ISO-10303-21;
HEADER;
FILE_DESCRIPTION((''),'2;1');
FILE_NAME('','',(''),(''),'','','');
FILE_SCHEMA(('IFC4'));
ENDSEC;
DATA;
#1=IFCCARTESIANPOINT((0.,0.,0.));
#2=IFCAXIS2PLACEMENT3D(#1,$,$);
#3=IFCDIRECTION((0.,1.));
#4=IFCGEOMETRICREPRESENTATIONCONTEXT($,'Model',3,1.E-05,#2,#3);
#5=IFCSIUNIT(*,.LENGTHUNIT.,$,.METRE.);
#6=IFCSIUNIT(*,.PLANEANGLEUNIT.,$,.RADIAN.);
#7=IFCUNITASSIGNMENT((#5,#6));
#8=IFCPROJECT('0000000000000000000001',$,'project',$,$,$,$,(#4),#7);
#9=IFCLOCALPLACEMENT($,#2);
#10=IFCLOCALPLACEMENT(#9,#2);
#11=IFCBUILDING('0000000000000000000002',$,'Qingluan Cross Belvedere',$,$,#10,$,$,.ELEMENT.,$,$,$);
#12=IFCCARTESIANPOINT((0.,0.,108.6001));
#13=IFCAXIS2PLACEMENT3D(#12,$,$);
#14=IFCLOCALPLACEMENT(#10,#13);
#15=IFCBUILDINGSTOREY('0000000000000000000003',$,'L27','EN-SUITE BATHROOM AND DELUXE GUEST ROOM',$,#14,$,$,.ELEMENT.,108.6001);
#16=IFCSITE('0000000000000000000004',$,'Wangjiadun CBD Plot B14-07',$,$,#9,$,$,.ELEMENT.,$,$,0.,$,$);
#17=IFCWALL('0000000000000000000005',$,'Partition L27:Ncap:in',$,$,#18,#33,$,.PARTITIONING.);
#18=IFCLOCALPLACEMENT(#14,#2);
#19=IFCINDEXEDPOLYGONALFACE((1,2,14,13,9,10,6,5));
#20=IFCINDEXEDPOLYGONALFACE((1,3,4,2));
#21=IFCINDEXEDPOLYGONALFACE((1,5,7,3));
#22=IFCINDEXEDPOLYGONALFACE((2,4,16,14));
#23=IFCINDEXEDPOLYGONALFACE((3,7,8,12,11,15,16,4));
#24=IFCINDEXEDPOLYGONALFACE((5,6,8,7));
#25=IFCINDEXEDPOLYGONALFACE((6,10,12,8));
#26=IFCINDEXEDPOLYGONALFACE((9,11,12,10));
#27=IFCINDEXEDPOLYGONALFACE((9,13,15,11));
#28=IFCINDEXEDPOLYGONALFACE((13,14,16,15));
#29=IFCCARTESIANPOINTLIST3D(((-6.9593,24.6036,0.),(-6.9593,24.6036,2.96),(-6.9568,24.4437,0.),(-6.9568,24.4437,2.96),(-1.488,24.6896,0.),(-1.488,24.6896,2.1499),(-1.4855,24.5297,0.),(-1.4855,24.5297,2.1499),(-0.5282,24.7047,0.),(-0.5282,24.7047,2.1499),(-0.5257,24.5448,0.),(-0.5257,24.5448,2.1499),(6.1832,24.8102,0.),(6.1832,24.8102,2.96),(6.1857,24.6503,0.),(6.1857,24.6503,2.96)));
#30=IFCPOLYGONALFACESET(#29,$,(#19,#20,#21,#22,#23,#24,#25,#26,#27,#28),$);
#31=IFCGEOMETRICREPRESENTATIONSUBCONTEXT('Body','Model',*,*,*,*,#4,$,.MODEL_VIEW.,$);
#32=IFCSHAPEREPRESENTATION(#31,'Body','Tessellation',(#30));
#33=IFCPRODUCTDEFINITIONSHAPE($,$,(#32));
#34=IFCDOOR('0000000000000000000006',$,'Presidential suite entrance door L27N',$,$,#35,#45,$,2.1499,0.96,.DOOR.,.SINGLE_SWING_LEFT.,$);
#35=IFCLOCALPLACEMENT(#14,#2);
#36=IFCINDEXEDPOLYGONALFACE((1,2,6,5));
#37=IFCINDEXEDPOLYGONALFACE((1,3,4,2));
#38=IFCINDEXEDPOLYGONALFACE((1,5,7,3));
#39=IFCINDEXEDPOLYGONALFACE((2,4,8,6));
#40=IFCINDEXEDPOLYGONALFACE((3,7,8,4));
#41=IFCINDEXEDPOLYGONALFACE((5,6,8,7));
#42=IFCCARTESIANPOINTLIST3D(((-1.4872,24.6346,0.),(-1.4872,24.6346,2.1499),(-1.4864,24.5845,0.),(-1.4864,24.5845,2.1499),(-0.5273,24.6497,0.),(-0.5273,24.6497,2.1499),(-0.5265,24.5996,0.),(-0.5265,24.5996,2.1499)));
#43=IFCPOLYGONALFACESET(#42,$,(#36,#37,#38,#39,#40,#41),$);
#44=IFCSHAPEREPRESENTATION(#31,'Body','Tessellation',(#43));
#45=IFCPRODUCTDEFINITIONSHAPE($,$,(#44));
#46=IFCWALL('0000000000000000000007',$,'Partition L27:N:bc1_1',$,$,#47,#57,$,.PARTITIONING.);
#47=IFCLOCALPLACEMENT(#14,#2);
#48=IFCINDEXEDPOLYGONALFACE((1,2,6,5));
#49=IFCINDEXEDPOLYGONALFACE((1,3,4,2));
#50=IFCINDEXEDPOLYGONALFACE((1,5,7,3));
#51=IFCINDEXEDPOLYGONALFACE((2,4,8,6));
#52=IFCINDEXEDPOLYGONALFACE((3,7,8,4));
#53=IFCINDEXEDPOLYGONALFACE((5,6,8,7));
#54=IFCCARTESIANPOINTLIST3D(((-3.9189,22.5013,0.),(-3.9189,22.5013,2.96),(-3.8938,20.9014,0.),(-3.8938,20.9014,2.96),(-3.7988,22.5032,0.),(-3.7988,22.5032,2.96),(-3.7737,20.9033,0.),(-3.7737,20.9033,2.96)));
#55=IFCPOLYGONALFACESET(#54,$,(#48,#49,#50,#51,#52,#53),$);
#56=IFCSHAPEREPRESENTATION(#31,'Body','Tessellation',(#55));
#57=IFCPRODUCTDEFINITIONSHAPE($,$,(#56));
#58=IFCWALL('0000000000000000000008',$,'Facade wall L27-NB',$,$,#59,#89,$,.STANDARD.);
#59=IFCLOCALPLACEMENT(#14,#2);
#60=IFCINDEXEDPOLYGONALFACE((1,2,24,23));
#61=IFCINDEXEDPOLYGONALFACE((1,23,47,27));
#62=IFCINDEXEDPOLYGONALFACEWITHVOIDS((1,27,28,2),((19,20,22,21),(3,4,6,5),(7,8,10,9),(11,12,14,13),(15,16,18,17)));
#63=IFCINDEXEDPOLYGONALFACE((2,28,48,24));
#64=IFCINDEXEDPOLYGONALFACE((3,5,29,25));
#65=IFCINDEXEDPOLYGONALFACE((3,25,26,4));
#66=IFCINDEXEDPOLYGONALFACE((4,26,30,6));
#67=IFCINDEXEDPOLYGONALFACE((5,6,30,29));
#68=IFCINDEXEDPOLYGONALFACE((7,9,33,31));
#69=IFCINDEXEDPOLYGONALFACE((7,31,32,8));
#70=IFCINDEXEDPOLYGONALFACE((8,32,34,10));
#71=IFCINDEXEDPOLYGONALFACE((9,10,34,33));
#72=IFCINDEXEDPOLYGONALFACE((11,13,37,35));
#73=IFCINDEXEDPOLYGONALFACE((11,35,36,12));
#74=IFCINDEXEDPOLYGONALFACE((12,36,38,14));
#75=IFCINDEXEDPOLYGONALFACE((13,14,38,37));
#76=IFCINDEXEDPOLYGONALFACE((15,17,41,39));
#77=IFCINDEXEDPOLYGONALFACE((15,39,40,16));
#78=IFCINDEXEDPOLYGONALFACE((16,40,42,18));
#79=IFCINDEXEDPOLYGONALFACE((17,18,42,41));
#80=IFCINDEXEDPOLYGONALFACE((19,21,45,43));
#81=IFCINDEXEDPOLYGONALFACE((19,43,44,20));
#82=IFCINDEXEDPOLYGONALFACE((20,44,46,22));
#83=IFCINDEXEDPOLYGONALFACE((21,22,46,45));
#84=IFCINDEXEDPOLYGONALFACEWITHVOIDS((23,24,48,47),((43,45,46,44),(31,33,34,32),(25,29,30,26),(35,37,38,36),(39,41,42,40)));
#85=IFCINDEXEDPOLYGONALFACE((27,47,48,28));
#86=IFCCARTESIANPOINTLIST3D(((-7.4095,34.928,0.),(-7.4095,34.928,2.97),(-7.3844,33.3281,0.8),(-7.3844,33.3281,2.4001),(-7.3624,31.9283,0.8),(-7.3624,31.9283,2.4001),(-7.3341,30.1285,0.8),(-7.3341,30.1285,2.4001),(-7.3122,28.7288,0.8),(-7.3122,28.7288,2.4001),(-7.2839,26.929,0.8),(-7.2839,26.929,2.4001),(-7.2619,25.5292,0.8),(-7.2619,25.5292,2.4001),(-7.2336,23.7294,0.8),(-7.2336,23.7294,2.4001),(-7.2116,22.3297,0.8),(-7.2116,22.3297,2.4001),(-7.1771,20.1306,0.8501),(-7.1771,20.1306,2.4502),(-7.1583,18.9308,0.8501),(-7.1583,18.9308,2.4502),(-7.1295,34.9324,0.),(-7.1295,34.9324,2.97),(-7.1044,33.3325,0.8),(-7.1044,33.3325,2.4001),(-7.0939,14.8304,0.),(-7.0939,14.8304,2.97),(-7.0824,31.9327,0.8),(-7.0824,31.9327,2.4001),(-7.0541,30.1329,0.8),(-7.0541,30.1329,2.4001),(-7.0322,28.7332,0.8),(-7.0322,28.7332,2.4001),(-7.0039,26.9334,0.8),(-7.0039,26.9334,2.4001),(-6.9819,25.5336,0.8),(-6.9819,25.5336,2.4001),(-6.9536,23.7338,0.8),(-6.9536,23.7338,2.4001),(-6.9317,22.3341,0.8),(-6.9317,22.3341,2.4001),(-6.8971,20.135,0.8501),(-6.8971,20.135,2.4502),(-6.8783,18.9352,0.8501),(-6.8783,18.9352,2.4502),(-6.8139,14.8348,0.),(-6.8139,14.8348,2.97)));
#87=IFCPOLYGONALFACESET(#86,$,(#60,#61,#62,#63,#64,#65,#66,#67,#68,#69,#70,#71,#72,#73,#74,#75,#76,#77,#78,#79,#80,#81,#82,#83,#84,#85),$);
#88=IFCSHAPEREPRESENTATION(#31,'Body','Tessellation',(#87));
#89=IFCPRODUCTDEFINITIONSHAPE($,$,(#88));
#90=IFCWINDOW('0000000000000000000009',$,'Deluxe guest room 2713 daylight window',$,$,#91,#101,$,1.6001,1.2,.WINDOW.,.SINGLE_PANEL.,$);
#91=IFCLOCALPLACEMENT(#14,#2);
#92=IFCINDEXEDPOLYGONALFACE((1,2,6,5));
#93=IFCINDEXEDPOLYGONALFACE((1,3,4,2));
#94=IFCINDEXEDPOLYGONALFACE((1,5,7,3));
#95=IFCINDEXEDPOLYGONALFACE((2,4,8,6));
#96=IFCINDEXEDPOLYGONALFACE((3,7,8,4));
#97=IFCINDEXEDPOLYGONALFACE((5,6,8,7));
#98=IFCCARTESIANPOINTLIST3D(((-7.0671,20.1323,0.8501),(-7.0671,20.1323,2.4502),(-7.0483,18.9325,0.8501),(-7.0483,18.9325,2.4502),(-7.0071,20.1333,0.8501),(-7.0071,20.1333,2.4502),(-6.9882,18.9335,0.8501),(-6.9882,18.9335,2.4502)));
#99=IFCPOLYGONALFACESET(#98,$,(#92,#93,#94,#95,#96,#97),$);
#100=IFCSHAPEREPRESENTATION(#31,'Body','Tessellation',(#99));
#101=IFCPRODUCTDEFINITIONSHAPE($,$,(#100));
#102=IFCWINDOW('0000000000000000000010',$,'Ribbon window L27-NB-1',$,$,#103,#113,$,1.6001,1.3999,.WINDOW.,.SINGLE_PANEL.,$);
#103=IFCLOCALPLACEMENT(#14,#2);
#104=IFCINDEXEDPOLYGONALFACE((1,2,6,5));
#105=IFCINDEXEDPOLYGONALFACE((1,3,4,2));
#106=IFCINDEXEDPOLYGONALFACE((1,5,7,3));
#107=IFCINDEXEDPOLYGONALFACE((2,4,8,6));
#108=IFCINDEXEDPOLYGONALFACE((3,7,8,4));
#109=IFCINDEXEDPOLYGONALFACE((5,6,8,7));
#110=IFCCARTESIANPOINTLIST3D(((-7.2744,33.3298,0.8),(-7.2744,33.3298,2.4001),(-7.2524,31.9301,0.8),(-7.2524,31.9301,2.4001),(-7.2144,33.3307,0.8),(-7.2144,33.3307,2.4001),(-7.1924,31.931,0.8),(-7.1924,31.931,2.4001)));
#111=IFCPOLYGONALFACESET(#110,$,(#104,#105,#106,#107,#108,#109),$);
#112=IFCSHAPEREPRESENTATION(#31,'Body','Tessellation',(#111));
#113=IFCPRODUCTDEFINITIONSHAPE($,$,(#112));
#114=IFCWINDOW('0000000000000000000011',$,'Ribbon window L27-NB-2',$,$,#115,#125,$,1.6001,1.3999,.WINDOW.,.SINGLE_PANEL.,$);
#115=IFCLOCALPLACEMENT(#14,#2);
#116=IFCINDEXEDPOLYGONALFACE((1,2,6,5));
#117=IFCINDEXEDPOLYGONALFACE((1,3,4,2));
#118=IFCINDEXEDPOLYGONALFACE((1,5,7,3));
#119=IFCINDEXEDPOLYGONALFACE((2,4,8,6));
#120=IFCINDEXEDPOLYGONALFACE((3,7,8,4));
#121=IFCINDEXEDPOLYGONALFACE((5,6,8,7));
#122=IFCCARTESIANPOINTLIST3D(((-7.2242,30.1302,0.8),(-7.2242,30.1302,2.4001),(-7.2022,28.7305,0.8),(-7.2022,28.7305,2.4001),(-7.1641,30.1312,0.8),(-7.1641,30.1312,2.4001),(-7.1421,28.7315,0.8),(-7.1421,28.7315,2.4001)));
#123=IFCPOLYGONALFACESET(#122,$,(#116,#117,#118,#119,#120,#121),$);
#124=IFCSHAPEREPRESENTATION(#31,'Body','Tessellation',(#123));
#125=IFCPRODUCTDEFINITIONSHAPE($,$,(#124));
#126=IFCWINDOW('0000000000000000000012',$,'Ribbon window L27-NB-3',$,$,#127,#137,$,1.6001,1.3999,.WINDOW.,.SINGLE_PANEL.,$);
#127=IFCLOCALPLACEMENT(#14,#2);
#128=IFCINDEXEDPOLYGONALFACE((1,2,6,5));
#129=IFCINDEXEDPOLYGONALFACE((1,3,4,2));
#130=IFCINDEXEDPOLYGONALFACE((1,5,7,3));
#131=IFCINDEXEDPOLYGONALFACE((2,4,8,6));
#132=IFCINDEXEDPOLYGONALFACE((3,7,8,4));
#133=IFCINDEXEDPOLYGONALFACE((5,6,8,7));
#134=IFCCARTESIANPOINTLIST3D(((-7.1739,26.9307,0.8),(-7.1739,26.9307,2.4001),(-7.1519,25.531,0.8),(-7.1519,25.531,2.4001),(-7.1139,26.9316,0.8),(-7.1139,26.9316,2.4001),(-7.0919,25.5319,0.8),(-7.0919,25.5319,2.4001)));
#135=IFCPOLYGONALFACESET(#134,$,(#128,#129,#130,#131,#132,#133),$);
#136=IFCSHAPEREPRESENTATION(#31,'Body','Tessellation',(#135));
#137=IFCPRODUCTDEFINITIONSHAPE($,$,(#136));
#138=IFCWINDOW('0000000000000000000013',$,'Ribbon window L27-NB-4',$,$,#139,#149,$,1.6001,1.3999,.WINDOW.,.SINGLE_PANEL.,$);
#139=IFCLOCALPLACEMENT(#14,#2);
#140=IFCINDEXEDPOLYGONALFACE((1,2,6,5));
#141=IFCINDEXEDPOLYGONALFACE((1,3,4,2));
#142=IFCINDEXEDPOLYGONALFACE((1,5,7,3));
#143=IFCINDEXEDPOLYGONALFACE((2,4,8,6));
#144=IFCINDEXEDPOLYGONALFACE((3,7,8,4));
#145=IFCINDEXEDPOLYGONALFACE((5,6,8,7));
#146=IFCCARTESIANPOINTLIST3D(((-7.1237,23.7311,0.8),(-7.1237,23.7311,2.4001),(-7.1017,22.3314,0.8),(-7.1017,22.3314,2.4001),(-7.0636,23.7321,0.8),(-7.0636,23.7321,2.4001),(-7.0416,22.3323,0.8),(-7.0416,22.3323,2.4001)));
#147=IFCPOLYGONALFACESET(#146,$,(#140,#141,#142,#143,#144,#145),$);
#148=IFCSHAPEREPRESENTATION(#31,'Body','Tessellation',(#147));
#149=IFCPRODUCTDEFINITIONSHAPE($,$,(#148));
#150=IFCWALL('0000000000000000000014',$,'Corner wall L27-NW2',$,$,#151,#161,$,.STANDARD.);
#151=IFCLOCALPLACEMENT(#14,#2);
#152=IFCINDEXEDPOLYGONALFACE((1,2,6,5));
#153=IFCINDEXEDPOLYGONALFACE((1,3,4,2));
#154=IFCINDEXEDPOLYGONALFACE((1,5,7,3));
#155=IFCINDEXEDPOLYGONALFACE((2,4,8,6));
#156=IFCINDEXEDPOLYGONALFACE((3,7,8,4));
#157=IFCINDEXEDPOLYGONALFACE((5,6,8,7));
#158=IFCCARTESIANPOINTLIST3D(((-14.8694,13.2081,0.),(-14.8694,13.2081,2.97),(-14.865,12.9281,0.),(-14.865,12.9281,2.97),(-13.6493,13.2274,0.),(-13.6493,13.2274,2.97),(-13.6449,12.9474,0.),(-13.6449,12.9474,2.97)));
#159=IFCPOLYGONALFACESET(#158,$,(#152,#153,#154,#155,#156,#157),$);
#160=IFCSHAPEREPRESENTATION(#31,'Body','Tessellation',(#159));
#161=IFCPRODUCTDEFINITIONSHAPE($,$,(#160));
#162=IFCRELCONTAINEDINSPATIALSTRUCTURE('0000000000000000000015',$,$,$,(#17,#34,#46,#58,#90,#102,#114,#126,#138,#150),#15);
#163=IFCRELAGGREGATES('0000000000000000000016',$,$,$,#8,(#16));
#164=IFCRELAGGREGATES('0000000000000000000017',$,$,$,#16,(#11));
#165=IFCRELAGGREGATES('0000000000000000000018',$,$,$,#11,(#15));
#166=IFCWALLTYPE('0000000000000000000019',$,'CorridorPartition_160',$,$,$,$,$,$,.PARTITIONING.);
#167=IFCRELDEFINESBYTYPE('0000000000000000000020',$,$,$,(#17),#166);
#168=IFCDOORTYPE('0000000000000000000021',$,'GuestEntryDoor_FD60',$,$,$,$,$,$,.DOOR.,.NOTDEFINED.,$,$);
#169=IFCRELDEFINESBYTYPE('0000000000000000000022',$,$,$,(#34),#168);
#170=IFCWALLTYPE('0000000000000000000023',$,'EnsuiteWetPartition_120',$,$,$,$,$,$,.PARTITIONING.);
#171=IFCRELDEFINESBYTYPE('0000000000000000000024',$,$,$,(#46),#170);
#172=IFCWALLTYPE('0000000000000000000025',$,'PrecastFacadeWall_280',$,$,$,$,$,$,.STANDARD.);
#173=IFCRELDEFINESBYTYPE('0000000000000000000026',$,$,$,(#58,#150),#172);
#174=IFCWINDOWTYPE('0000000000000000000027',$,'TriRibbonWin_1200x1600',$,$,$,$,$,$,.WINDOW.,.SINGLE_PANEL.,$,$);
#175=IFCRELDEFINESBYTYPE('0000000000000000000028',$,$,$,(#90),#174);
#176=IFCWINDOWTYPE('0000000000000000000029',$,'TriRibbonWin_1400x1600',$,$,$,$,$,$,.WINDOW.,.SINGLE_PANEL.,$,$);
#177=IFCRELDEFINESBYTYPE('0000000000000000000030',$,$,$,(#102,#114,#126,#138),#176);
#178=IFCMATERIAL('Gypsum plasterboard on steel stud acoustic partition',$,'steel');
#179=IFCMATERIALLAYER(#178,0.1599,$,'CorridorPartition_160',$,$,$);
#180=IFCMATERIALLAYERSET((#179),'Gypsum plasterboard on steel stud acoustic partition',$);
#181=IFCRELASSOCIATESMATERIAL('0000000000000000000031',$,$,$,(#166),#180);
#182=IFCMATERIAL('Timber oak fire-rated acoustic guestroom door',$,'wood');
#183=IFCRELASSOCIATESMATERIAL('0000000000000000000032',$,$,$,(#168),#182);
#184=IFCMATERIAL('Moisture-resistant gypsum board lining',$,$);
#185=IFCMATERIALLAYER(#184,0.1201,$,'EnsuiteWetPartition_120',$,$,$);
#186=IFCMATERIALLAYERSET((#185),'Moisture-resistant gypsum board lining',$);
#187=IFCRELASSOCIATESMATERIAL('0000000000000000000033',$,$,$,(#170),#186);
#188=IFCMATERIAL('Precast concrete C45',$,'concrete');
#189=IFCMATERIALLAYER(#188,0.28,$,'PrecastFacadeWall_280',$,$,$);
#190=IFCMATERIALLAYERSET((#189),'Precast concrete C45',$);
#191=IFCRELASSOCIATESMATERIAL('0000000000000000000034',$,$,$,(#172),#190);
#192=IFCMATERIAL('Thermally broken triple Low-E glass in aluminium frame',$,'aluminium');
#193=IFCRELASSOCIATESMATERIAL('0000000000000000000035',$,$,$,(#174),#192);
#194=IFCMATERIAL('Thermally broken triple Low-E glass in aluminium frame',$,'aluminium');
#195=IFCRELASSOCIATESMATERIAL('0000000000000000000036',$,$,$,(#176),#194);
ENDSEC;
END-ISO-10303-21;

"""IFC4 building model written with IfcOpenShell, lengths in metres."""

from ifc_helpers import new_model, si_unit, direction, frame, frame_2d, origin, place, context, subcontext, project, spatial, rectangle, extrude, material, layer, layer_set, type_object, element, fill, save


model = new_model("IFC4")

# Units and contexts
model_context = context("Model", 3, precision=1e-05, world=origin(), true_north=direction((0.0, 1.0)))
body_context = subcontext(model_context, "Body", "Model", "MODEL_VIEW")
ifc_project = project(units=[si_unit("LENGTHUNIT", "METRE"), si_unit("PLANEANGLEUNIT", "RADIAN")], contexts=[model_context])

# Site, building, storey
site_placement = place(None, origin())
site = spatial("IfcSite", under=ifc_project, at=site_placement, Name="Wangjiadun CBD Plot B14-07", CompositionType="ELEMENT", RefElevation=0.0)
building_placement = place(site_placement, origin())
building = spatial("IfcBuilding", under=site, at=building_placement, Name="Qingluan Cross Belvedere", CompositionType="ELEMENT")
storey_placement = place(building_placement, frame((0.0, 0.0, 108.6001)))
storey = spatial("IfcBuildingStorey", under=building, at=storey_placement, Name="L27", Description="EN-SUITE BATHROOM AND DELUXE GUEST ROOM", CompositionType="ELEMENT", Elevation=108.6001)

# Shared definitions
ifc_material_1 = material(Name="Gypsum plasterboard on steel stud acoustic partition", Category="steel")
ifc_layer_1 = layer(ifc_material_1, 0.1599, Name="CorridorPartition_160")
ifc_layer_set_1 = layer_set([ifc_layer_1], Name="Gypsum plasterboard on steel stud acoustic partition")
wall_type_1 = type_object("IfcWallType", Name="CorridorPartition_160", PredefinedType="PARTITIONING", material=ifc_layer_set_1)

# Wall, opening, door
wall_1_placement = place(storey_placement, frame((-6.958, 24.5237, 0.0), z_axis=(0.0, 0.0, 1.0), x_axis=(0.999877, 0.015714, 0.0)))
wall_1 = element("IfcWall", 1, at=wall_1_placement, inside=storey, type_object=wall_type_1, Name="Partition L27:Ncap:in", PredefinedType="PARTITIONING", context=body_context, shape_type="SweptSolid", body=[
    extrude(rectangle(XDim=13.144, YDim=0.1599, at=frame_2d((6.572, 0.0))), origin(), (0.0, 0.0, 1.0), 2.96),
])
opening_1_placement = place(wall_1_placement, frame((5.4719, 0.0, 0.0)))
opening_1 = element("IfcOpeningElement", 2, at=opening_1_placement, cuts=wall_1, PredefinedType="OPENING", context=body_context, shape_type="SweptSolid", body=[
    extrude(rectangle(XDim=0.96, YDim=2.1499, at=frame_2d((0.48, 1.075))), frame((0.0, 0.0898, 0.0), z_axis=(0.0, -1.0, 0.0), x_axis=(1.0, 0.0, 0.0)), (0.0, 0.0, 1.0), 0.1799),
])
ifc_material_2 = material(Name="Timber oak fire-rated acoustic guestroom door", Category="wood")
door_type = type_object("IfcDoorType", Name="GuestEntryDoor_FD60", OperationType="NOTDEFINED", PredefinedType="DOOR", material=ifc_material_2)
door_placement = place(opening_1_placement, origin())
door = element("IfcDoor", 3, at=door_placement, inside=storey, type_object=door_type, Name="Presidential suite entrance door L27N", OperationType="SINGLE_SWING_LEFT", OverallHeight=2.1499, OverallWidth=0.96, PredefinedType="DOOR", context=body_context, shape_type="SweptSolid", body=[
    extrude(rectangle(XDim=0.96, YDim=2.1499, at=frame_2d((0.48, 1.075))), frame((0.0, 0.0249, 0.0), z_axis=(0.0, -1.0, 0.0), x_axis=(1.0, 0.0, 0.0)), (0.0, 0.0, 1.0), 0.05),
])
fill(opening_1, door)

# Wall
ifc_material_3 = material(Name="Moisture-resistant gypsum board lining")
ifc_layer_2 = layer(ifc_material_3, 0.1201, Name="EnsuiteWetPartition_120")
ifc_layer_set_2 = layer_set([ifc_layer_2], Name="Moisture-resistant gypsum board lining")
wall_type_2 = type_object("IfcWallType", Name="EnsuiteWetPartition_120", PredefinedType="PARTITIONING", material=ifc_layer_set_2)
wall_2_placement = place(storey_placement, frame((-3.8337, 20.9023, 0.0), z_axis=(0.0, 0.0, 1.0), x_axis=(-0.015716, 0.999876, 0.0)))
element("IfcWall", 4, at=wall_2_placement, inside=storey, type_object=wall_type_2, Name="Partition L27:N:bc1_1", PredefinedType="PARTITIONING", context=body_context, shape_type="SweptSolid", body=[
    extrude(rectangle(XDim=1.6001, YDim=0.1201, at=frame_2d((0.8, 0.0))), origin(), (0.0, 0.0, 1.0), 2.96),
])

# Wall, openings, windows
ifc_material_4 = material(Name="Precast concrete C45", Category="concrete")
ifc_layer_3 = layer(ifc_material_4, 0.28, Name="PrecastFacadeWall_280")
ifc_layer_set_3 = layer_set([ifc_layer_3], Name="Precast concrete C45")
wall_type_3 = type_object("IfcWallType", Name="PrecastFacadeWall_280", PredefinedType="STANDARD", material=ifc_layer_set_3)
wall_3_placement = place(storey_placement, frame((-7.2695, 34.9302, 0.0), z_axis=(0.0, 0.0, 1.0), x_axis=(0.015705, -0.999877, 0.0)))
wall_3 = element("IfcWall", 5, at=wall_3_placement, inside=storey, type_object=wall_type_3, Name="Facade wall L27-NB", PredefinedType="STANDARD", context=body_context, shape_type="SweptSolid", body=[
    extrude(rectangle(XDim=20.1001, YDim=0.28, at=frame_2d((10.05, 0.0))), origin(), (0.0, 0.0, 1.0), 2.97),
])
opening_2_placement = place(wall_3_placement, frame((1.6001, 0.0, 0.8)))
opening_2 = element("IfcOpeningElement", 6, at=opening_2_placement, cuts=wall_3, PredefinedType="OPENING", context=body_context, shape_type="SweptSolid", body=[
    extrude(rectangle(XDim=1.3999, YDim=1.6001, at=frame_2d((0.7, 0.8))), frame((0.0, 0.1499, 0.0), z_axis=(0.0, -1.0, 0.0), x_axis=(1.0, 0.0, 0.0)), (0.0, 0.0, 1.0), 0.3),
])
opening_3_placement = place(wall_3_placement, frame((4.8, 0.0, 0.8)))
opening_3 = element("IfcOpeningElement", 7, at=opening_3_placement, cuts=wall_3, PredefinedType="OPENING", context=body_context, shape_type="SweptSolid", body=[
    extrude(rectangle(XDim=1.3999, YDim=1.6001, at=frame_2d((0.7, 0.8))), frame((0.0, 0.1499, 0.0), z_axis=(0.0, -1.0, 0.0), x_axis=(1.0, 0.0, 0.0)), (0.0, 0.0, 1.0), 0.3),
])
opening_4_placement = place(wall_3_placement, frame((8.0, 0.0, 0.8)))
opening_4 = element("IfcOpeningElement", 8, at=opening_4_placement, cuts=wall_3, PredefinedType="OPENING", context=body_context, shape_type="SweptSolid", body=[
    extrude(rectangle(XDim=1.3999, YDim=1.6001, at=frame_2d((0.7, 0.8))), frame((0.0, 0.1499, 0.0), z_axis=(0.0, -1.0, 0.0), x_axis=(1.0, 0.0, 0.0)), (0.0, 0.0, 1.0), 0.3),
])
opening_5_placement = place(wall_3_placement, frame((11.2, 0.0, 0.8)))
opening_5 = element("IfcOpeningElement", 9, at=opening_5_placement, cuts=wall_3, PredefinedType="OPENING", context=body_context, shape_type="SweptSolid", body=[
    extrude(rectangle(XDim=1.3999, YDim=1.6001, at=frame_2d((0.7, 0.8))), frame((0.0, 0.1499, 0.0), z_axis=(0.0, -1.0, 0.0), x_axis=(1.0, 0.0, 0.0)), (0.0, 0.0, 1.0), 0.3),
])
opening_6_placement = place(wall_3_placement, frame((14.7991, 0.0, 0.8501)))
opening_6 = element("IfcOpeningElement", 10, at=opening_6_placement, cuts=wall_3, PredefinedType="OPENING", context=body_context, shape_type="SweptSolid", body=[
    extrude(rectangle(XDim=1.2, YDim=1.6001, at=frame_2d((0.6001, 0.8))), frame((0.0, 0.1499, 0.0), z_axis=(0.0, -1.0, 0.0), x_axis=(1.0, 0.0, 0.0)), (0.0, 0.0, 1.0), 0.3),
])
ifc_material_5 = material(Name="Thermally broken triple Low-E glass in aluminium frame", Category="aluminium")
window_type_1 = type_object("IfcWindowType", Name="TriRibbonWin_1200x1600", PartitioningType="SINGLE_PANEL", PredefinedType="WINDOW", material=ifc_material_5)
window_1_placement = place(opening_6_placement, origin())
window_1 = element("IfcWindow", 11, at=window_1_placement, inside=storey, type_object=window_type_1, Name="Deluxe guest room 2713 daylight window", OverallHeight=1.6001, OverallWidth=1.2, PartitioningType="SINGLE_PANEL", PredefinedType="WINDOW", context=body_context, shape_type="SweptSolid", body=[
    extrude(rectangle(XDim=1.2, YDim=1.6001, at=frame_2d((0.6001, 0.8))), frame((0.0, 0.03, 0.0), z_axis=(0.0, -1.0, 0.0), x_axis=(1.0, 0.0, 0.0)), (0.0, 0.0, 1.0), 0.0601),
])
fill(opening_6, window_1)
ifc_material_6 = material(Name="Thermally broken triple Low-E glass in aluminium frame", Category="aluminium")
window_type_2 = type_object("IfcWindowType", Name="TriRibbonWin_1400x1600", PartitioningType="SINGLE_PANEL", PredefinedType="WINDOW", material=ifc_material_6)
window_2_placement = place(opening_2_placement, origin())
window_2 = element("IfcWindow", 12, at=window_2_placement, inside=storey, type_object=window_type_2, Name="Ribbon window L27-NB-1", OverallHeight=1.6001, OverallWidth=1.3999, PartitioningType="SINGLE_PANEL", PredefinedType="WINDOW", context=body_context, shape_type="SweptSolid", body=[
    extrude(rectangle(XDim=1.3999, YDim=1.6001, at=frame_2d((0.7, 0.8))), frame((0.0, 0.03, 0.0), z_axis=(0.0, -1.0, 0.0), x_axis=(1.0, 0.0, 0.0)), (0.0, 0.0, 1.0), 0.0601),
])
fill(opening_2, window_2)
window_3_placement = place(opening_3_placement, origin())
window_3 = element("IfcWindow", 13, at=window_3_placement, inside=storey, type_object=window_type_2, Name="Ribbon window L27-NB-2", OverallHeight=1.6001, OverallWidth=1.3999, PartitioningType="SINGLE_PANEL", PredefinedType="WINDOW", context=body_context, shape_type="SweptSolid", body=[
    extrude(rectangle(XDim=1.3999, YDim=1.6001, at=frame_2d((0.7, 0.8))), frame((0.0, 0.03, 0.0), z_axis=(0.0, -1.0, 0.0), x_axis=(1.0, 0.0, 0.0)), (0.0, 0.0, 1.0), 0.0601),
])
fill(opening_3, window_3)
window_4_placement = place(opening_4_placement, origin())
window_4 = element("IfcWindow", 14, at=window_4_placement, inside=storey, type_object=window_type_2, Name="Ribbon window L27-NB-3", OverallHeight=1.6001, OverallWidth=1.3999, PartitioningType="SINGLE_PANEL", PredefinedType="WINDOW", context=body_context, shape_type="SweptSolid", body=[
    extrude(rectangle(XDim=1.3999, YDim=1.6001, at=frame_2d((0.7, 0.8))), frame((0.0, 0.03, 0.0), z_axis=(0.0, -1.0, 0.0), x_axis=(1.0, 0.0, 0.0)), (0.0, 0.0, 1.0), 0.0601),
])
fill(opening_4, window_4)
window_5_placement = place(opening_5_placement, origin())
window_5 = element("IfcWindow", 15, at=window_5_placement, inside=storey, type_object=window_type_2, Name="Ribbon window L27-NB-4", OverallHeight=1.6001, OverallWidth=1.3999, PartitioningType="SINGLE_PANEL", PredefinedType="WINDOW", context=body_context, shape_type="SweptSolid", body=[
    extrude(rectangle(XDim=1.3999, YDim=1.6001, at=frame_2d((0.7, 0.8))), frame((0.0, 0.03, 0.0), z_axis=(0.0, -1.0, 0.0), x_axis=(1.0, 0.0, 0.0)), (0.0, 0.0, 1.0), 0.0601),
])
fill(opening_5, window_5)

# Wall
wall_4_placement = place(storey_placement, frame((-14.8672, 13.0681, 0.0), z_axis=(0.0, 0.0, 1.0), x_axis=(0.999875, 0.015808, 0.0)))
element("IfcWall", 16, at=wall_4_placement, inside=storey, type_object=wall_type_3, Name="Corner wall L27-NW2", PredefinedType="STANDARD", context=body_context, shape_type="SweptSolid", body=[
    extrude(rectangle(XDim=1.2202, YDim=0.28, at=frame_2d((0.6101, 0.0))), origin(), (0.0, 0.0, 1.0), 2.97),
])

save(model, "model.ifc")
